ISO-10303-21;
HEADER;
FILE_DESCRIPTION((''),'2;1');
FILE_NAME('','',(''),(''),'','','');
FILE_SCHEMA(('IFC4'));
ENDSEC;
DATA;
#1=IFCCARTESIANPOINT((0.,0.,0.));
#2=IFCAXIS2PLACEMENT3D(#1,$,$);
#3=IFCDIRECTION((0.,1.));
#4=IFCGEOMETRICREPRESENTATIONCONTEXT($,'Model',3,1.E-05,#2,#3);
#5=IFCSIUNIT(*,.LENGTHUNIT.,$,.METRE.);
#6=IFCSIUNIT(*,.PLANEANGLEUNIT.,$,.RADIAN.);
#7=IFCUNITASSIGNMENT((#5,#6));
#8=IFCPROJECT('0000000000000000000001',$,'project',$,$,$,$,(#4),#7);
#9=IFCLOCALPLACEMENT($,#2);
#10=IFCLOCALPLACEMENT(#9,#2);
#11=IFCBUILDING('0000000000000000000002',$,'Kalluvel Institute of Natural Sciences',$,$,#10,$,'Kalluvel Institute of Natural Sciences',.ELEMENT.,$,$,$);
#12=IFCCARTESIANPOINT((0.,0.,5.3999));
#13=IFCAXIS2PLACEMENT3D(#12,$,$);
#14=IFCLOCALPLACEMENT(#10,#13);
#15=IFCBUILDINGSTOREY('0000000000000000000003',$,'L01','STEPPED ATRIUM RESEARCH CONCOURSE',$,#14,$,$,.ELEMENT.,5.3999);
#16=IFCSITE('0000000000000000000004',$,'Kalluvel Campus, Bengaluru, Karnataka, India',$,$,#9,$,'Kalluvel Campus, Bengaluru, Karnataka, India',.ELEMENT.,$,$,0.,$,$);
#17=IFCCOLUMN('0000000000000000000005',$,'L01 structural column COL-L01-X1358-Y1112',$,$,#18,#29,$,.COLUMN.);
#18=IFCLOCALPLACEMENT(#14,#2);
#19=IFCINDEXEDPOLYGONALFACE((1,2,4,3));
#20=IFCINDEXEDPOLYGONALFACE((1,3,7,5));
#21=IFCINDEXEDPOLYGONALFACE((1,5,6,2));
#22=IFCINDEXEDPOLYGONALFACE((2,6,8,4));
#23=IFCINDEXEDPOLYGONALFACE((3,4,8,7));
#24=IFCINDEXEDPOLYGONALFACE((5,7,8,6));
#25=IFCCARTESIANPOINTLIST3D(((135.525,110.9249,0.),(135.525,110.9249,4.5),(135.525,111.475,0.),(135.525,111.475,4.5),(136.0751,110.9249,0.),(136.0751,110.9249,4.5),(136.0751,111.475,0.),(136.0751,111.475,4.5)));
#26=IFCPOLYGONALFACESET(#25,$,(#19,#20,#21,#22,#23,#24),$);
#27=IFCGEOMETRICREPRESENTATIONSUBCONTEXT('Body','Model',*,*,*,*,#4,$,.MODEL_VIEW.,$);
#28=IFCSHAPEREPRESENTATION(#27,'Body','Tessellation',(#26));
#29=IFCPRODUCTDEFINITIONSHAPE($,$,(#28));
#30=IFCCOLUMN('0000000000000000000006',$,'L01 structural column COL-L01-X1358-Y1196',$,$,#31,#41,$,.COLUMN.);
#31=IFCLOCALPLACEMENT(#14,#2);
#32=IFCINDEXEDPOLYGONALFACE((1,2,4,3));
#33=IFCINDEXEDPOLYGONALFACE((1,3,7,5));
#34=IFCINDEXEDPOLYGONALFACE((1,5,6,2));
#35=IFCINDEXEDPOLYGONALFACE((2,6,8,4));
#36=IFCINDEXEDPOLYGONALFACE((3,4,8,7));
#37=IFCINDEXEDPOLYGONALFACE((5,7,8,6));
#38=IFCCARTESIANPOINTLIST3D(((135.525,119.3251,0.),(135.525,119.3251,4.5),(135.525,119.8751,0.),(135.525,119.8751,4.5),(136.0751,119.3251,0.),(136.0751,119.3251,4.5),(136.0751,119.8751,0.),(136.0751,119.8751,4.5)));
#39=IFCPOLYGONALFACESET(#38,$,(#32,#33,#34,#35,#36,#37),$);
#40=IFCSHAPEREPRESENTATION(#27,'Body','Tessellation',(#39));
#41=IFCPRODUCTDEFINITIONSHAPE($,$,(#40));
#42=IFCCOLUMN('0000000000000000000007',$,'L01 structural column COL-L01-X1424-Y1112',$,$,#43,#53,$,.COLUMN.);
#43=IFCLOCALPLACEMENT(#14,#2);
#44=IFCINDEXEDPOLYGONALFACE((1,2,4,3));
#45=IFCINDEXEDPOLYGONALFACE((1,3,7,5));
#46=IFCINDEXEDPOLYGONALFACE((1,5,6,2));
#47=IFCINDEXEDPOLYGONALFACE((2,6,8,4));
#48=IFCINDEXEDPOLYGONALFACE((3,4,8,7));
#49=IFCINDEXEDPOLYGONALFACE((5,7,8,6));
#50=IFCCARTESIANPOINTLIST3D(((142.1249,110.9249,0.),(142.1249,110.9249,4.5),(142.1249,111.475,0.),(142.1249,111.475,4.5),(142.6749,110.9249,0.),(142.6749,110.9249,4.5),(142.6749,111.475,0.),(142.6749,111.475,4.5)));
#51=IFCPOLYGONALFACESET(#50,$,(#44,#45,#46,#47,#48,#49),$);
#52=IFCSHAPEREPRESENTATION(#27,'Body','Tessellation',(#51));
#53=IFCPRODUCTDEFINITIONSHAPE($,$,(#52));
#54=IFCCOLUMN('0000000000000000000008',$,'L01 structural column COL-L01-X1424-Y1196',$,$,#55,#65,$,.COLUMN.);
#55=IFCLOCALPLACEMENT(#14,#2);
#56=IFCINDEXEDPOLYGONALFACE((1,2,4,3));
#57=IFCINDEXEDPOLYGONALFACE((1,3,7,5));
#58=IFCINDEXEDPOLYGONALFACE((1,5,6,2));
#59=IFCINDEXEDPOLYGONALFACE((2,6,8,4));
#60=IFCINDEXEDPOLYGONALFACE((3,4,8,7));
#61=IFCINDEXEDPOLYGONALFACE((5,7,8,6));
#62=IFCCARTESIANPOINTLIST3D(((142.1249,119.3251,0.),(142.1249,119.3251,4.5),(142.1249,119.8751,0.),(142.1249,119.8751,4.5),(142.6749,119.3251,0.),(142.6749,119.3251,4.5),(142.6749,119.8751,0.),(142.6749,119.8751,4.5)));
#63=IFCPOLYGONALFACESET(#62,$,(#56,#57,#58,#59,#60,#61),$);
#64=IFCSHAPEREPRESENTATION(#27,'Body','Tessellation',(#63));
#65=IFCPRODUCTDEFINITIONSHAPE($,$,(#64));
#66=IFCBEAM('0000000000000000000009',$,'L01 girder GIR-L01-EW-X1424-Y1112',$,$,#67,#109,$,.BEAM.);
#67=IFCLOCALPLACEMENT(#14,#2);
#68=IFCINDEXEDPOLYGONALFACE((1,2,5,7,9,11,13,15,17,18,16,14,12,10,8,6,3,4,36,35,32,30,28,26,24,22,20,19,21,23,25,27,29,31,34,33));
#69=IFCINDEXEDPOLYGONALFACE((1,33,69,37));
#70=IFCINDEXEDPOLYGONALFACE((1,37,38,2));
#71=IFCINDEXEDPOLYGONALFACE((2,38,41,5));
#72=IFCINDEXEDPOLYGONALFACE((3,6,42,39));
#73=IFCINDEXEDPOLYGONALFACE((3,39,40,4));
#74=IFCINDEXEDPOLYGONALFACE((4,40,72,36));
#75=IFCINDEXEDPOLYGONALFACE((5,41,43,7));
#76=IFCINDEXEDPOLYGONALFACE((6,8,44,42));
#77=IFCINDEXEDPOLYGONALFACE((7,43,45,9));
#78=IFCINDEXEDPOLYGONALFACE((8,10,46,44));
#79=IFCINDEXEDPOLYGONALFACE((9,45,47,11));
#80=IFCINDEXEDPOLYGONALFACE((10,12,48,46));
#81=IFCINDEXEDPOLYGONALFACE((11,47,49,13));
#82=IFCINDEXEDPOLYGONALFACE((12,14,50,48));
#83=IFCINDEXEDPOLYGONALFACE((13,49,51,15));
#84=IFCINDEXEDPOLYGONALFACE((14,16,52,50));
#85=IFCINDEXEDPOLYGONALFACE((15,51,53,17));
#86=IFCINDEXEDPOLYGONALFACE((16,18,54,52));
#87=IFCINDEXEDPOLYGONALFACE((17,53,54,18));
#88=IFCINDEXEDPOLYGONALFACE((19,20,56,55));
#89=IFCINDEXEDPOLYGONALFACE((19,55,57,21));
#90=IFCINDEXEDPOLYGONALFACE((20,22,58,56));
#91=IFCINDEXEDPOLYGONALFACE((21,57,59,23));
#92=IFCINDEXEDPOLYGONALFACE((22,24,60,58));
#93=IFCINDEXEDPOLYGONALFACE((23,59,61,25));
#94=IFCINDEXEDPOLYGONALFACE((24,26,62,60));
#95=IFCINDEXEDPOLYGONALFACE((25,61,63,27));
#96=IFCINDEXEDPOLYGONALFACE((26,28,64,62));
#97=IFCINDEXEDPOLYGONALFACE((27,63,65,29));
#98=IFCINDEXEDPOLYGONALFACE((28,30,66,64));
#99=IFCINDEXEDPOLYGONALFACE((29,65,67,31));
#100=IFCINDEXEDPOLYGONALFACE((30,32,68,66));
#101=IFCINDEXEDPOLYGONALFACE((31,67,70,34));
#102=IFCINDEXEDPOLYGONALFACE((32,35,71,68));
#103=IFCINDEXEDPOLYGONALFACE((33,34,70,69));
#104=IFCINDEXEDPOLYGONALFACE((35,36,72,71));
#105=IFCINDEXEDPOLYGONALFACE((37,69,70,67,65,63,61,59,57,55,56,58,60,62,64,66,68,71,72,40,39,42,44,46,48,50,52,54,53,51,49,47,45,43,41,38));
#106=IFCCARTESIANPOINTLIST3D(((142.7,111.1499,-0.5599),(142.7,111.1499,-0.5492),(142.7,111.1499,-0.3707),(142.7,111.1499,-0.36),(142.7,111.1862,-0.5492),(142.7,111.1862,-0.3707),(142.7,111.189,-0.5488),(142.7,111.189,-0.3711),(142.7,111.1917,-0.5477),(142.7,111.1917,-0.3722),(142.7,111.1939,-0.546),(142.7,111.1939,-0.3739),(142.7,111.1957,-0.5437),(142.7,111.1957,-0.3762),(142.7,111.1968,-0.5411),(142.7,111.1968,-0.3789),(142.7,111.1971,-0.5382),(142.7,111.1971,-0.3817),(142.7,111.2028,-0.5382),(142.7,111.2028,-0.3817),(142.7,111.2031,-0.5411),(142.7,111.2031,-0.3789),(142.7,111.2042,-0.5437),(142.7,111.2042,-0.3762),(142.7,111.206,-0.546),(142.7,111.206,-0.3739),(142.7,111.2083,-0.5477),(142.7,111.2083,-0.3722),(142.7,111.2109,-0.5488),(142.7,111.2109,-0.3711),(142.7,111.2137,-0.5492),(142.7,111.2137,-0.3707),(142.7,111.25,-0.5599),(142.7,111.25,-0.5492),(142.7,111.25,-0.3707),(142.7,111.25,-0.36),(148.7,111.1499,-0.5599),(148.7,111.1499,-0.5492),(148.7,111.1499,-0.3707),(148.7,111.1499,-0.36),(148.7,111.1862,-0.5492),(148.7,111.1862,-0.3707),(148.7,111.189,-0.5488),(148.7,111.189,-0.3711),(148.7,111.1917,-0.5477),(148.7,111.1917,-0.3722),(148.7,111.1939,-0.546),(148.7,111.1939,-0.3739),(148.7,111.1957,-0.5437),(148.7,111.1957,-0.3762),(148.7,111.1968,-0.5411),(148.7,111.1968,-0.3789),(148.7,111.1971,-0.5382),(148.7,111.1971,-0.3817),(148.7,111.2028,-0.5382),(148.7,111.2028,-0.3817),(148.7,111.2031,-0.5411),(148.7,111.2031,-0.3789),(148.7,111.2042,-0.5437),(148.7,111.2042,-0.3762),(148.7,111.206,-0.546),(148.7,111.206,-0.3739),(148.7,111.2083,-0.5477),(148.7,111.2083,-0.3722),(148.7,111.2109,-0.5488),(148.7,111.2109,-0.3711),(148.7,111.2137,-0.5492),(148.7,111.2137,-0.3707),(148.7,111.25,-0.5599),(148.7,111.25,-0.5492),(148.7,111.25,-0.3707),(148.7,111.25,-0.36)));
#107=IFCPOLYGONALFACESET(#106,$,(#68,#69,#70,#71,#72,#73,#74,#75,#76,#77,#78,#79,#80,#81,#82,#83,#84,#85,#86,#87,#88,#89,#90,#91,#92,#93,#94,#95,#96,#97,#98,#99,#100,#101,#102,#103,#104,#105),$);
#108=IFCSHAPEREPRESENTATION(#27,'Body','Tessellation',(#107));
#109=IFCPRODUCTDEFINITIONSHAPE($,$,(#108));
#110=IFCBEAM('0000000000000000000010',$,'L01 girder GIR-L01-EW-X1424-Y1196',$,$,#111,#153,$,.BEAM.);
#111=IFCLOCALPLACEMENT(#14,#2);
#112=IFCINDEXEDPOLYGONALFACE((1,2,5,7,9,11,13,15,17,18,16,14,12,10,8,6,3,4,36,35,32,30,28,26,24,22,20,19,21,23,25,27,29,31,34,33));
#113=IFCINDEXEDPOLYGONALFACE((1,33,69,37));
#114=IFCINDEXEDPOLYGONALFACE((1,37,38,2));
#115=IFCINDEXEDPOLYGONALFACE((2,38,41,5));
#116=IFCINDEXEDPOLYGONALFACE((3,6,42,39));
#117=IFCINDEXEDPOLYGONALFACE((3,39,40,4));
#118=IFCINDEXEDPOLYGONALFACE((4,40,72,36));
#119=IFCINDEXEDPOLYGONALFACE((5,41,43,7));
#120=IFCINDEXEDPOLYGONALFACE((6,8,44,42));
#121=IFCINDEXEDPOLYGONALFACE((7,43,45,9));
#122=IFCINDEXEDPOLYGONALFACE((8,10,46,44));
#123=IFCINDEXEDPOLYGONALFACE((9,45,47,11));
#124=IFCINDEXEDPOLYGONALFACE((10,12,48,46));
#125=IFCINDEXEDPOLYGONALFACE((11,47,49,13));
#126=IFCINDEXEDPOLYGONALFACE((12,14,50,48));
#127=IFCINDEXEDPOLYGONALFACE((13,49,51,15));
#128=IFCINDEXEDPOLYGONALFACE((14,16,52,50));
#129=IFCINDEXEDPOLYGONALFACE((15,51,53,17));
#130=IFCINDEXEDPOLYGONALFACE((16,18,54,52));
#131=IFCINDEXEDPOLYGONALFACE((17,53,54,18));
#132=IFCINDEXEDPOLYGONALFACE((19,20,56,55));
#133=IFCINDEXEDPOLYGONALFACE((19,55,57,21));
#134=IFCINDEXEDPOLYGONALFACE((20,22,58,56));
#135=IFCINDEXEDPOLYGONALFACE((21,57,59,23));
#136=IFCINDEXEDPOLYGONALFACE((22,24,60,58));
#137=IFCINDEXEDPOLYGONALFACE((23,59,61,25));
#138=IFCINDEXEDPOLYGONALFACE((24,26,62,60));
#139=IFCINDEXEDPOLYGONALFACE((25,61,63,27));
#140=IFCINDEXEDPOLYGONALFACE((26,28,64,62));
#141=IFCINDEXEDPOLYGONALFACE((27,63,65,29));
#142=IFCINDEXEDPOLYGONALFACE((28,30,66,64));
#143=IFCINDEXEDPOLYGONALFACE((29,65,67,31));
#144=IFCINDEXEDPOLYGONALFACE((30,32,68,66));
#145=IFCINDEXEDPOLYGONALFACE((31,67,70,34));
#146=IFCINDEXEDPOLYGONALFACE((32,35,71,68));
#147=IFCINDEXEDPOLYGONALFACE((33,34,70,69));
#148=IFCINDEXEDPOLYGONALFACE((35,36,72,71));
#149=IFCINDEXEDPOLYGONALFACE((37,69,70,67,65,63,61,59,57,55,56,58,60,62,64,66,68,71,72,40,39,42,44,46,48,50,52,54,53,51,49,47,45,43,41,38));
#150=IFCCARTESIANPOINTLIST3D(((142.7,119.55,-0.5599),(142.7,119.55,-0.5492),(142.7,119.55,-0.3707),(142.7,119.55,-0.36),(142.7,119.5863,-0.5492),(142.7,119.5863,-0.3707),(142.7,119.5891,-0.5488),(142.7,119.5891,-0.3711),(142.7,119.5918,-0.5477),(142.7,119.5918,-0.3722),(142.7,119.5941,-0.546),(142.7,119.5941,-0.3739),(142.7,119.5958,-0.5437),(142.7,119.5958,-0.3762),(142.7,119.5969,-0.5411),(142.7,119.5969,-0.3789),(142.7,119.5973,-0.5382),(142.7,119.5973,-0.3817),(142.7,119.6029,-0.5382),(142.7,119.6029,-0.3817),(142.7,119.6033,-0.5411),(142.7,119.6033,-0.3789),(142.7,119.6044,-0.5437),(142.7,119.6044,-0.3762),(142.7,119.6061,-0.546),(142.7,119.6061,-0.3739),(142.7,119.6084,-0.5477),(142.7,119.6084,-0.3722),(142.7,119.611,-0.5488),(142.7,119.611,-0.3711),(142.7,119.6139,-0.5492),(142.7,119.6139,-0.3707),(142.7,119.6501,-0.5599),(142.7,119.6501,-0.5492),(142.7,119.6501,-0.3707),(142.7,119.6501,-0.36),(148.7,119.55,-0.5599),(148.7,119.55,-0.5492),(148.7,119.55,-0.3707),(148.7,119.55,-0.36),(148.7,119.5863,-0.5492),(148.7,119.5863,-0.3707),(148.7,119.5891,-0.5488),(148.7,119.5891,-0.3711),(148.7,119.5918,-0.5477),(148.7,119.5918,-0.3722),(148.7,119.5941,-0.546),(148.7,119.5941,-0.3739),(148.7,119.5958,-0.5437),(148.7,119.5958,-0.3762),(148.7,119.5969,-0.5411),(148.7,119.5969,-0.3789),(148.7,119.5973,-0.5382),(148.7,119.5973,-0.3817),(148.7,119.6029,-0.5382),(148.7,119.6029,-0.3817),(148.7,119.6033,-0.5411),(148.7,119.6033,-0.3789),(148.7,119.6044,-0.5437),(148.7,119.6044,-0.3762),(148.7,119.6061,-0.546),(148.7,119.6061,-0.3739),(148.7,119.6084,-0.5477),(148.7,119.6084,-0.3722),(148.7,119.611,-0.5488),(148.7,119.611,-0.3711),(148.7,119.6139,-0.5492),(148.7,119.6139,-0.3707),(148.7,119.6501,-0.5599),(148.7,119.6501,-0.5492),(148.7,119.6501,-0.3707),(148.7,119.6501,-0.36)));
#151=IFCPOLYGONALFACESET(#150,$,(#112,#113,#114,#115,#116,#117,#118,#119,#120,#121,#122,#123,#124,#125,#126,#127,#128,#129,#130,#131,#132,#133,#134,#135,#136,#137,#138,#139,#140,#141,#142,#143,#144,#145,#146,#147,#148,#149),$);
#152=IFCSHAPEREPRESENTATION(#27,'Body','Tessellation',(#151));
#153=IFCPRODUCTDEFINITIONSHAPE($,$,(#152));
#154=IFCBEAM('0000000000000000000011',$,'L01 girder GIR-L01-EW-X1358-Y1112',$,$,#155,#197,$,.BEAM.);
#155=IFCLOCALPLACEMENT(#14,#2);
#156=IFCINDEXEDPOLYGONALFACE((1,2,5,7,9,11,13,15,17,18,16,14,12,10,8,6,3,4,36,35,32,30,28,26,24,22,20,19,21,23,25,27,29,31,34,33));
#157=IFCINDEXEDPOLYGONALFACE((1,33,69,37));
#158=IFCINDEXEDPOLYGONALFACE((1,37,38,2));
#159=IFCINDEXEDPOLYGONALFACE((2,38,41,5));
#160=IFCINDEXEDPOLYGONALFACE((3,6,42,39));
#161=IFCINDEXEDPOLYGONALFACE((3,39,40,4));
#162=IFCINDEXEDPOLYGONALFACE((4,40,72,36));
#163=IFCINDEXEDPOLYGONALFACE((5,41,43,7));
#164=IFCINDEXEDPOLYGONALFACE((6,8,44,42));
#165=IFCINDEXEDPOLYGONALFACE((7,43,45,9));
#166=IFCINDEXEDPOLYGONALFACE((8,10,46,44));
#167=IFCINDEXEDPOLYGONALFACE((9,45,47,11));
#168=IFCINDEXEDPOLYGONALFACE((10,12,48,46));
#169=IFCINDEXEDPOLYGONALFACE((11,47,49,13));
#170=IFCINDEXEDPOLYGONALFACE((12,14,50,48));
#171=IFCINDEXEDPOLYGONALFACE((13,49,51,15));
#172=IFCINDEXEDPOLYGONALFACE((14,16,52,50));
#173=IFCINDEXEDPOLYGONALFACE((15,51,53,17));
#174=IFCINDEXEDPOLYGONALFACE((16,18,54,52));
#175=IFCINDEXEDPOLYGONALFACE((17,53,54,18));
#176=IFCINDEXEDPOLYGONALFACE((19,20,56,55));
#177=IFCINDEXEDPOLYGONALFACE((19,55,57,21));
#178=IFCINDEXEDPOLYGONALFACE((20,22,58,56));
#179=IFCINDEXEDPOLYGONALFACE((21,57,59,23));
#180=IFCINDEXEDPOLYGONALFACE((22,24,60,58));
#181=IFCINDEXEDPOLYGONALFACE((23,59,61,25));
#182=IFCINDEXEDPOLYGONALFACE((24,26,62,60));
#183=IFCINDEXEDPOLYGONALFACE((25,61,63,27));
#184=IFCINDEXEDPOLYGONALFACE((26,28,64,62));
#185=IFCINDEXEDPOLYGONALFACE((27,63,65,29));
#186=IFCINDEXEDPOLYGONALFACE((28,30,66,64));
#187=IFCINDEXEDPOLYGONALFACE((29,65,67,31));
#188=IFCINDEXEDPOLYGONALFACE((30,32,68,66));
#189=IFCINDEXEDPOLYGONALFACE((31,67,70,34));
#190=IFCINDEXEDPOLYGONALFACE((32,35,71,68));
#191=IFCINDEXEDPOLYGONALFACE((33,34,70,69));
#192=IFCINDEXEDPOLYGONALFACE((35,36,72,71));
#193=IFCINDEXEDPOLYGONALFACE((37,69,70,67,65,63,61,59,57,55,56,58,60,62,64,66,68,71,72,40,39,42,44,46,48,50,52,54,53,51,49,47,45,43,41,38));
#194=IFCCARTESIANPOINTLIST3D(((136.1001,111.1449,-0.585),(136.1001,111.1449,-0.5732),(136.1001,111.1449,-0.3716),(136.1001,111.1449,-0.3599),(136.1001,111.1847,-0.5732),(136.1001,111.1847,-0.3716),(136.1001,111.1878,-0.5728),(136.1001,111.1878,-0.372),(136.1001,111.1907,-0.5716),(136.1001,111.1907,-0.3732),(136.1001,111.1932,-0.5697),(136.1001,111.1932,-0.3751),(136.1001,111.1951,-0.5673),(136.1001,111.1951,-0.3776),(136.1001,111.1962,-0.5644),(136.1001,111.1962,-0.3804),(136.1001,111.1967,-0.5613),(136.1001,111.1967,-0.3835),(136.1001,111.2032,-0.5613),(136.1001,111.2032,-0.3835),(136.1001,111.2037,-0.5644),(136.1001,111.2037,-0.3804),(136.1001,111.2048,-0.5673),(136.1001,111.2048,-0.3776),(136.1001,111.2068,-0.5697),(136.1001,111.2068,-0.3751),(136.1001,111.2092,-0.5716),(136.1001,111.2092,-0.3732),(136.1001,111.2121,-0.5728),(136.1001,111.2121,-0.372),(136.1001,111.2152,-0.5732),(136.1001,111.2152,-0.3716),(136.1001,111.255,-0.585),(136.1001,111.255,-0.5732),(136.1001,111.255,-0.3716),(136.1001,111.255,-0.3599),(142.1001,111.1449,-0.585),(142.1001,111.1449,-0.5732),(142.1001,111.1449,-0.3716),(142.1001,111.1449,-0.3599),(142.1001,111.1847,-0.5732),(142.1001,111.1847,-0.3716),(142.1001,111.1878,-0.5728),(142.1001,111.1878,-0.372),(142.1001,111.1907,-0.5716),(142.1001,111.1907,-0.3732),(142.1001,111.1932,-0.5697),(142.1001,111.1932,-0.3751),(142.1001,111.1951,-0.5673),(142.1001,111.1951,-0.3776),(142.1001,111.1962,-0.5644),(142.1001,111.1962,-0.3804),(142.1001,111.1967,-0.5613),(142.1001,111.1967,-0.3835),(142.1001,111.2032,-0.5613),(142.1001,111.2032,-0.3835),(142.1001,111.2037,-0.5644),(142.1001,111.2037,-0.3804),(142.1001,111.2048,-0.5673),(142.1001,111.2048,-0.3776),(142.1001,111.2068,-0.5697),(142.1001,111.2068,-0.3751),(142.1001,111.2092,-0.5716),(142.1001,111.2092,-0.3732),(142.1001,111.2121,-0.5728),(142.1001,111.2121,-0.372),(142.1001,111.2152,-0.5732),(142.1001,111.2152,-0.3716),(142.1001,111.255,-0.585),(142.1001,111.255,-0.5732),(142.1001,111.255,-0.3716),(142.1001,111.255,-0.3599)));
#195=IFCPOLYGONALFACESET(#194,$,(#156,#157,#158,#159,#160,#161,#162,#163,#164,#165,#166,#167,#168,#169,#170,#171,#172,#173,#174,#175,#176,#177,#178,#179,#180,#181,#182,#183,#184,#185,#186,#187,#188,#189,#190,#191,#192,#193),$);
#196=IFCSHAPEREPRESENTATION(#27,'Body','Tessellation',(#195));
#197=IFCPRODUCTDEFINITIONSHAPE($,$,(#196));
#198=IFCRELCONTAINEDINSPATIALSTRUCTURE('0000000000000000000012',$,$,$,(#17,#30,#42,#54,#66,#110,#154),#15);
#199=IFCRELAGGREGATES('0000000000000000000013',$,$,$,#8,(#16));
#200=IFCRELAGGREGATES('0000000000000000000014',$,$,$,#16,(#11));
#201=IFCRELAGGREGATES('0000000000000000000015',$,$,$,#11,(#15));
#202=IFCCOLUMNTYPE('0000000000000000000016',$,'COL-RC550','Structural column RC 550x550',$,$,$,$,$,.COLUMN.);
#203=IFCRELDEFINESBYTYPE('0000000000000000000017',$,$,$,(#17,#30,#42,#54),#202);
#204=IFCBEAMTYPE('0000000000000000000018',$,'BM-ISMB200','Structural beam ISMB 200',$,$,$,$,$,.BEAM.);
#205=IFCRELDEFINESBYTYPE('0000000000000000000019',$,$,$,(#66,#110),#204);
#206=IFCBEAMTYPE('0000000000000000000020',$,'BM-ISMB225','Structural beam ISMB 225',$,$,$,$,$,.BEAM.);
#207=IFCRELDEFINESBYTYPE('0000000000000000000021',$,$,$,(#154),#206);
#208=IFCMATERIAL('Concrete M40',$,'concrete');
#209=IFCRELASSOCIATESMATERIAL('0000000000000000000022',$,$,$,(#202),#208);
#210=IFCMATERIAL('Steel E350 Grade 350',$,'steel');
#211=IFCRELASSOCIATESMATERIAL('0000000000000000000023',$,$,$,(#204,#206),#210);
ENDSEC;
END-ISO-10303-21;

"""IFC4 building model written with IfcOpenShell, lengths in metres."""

from ifc_helpers import new_model, si_unit, direction, frame, origin, origin_2d, place, context, subcontext, project, spatial, rectangle, i_section, extrude, material, material_profile, profile_set, type_object, element, save


model = new_model("IFC4")

# Units and contexts
model_context = context("Model", 3, precision=1e-05, world=origin(), true_north=direction((0.0, 1.0)))
body_context = subcontext(model_context, "Body", "Model", "MODEL_VIEW")
ifc_project = project(units=[si_unit("LENGTHUNIT", "METRE"), si_unit("PLANEANGLEUNIT", "RADIAN")], contexts=[model_context])

# Site, building, storey
site_placement = place(None, origin())
site = spatial("IfcSite", under=ifc_project, at=site_placement, Name="Kalluvel Campus, Bengaluru, Karnataka, India", LongName="Kalluvel Campus, Bengaluru, Karnataka, India", CompositionType="ELEMENT", RefElevation=0.0)
building_placement = place(site_placement, origin())
building = spatial("IfcBuilding", under=site, at=building_placement, Name="Kalluvel Institute of Natural Sciences", LongName="Kalluvel Institute of Natural Sciences", CompositionType="ELEMENT")
storey_placement = place(building_placement, frame((0.0, 0.0, 5.3999)))
storey = spatial("IfcBuildingStorey", under=building, at=storey_placement, Name="L01", Description="STEPPED ATRIUM RESEARCH CONCOURSE", CompositionType="ELEMENT", Elevation=5.3999)

# Columns
ifc_material_1 = material(Name="Concrete M40", Category="concrete")
ifc_material_profile_1 = material_profile(ifc_material_1, rectangle(XDim=0.55, YDim=0.55, at=origin_2d()), Name="RC 550x550")
ifc_profile_set_1 = profile_set([ifc_material_profile_1], Name="Concrete M40")
column_type = type_object("IfcColumnType", Name="COL-RC550", Description="Structural column RC 550x550", PredefinedType="COLUMN", material=ifc_profile_set_1)
for number, where, z_axis, x_axis, name in (
    (1, (135.8, 111.2, 0.0), (0.0, 0.0, 1.0), (1.0, 0.0, 0.0), "L01 structural column COL-L01-X1358-Y1112"),
    (2, (135.8, 119.6001, 0.0), (0.0, 0.0, 1.0), (1.0, 0.0, 0.0), "L01 structural column COL-L01-X1358-Y1196"),
    (3, (142.3999, 111.2, 0.0), (0.0, 0.0, 1.0), (1.0, 0.0, 0.0), "L01 structural column COL-L01-X1424-Y1112"),
    (4, (142.3999, 119.6001, 0.0), (0.0, 0.0, 1.0), (1.0, 0.0, 0.0), "L01 structural column COL-L01-X1424-Y1196"),
):
    element("IfcColumn", number, at=place(storey_placement, frame(where, z_axis=z_axis, x_axis=x_axis)), inside=storey, type_object=column_type, Name=name, PredefinedType="COLUMN", context=body_context, shape_type="SweptSolid", body=[
        extrude(rectangle(XDim=0.55, YDim=0.55, at=origin_2d()), origin(), (0.0, 0.0, 1.0), 4.5),
    ])

# Beams
ifc_material_2 = material(Name="Steel E350 Grade 350", Category="steel")
ifc_material_profile_2 = material_profile(ifc_material_2, i_section(OverallWidth=0.1001, OverallDepth=0.2, WebThickness=0.0056, FlangeThickness=0.0107, FilletRadius=0.011, at=origin_2d()), Name="ISMB 200")
ifc_profile_set_2 = profile_set([ifc_material_profile_2], Name="Steel E350 Grade 350")
beam_type_1 = type_object("IfcBeamType", Name="BM-ISMB200", Description="Structural beam ISMB 200", PredefinedType="BEAM", material=ifc_profile_set_2)
for number, where, z_axis, x_axis, name in (
    (5, (142.7, 111.2, -0.46), (1.0, 0.0, 0.0), (0.0, 1.0, 0.0), "L01 girder GIR-L01-EW-X1424-Y1112"),
    (6, (142.7, 119.6001, -0.46), (1.0, 0.0, 0.0), (0.0, 1.0, 0.0), "L01 girder GIR-L01-EW-X1424-Y1196"),
):
    element("IfcBeam", number, at=place(storey_placement, frame(where, z_axis=z_axis, x_axis=x_axis)), inside=storey, type_object=beam_type_1, Name=name, PredefinedType="BEAM", context=body_context, shape_type="SweptSolid", body=[
        extrude(i_section(OverallWidth=0.1001, OverallDepth=0.2, WebThickness=0.0056, FlangeThickness=0.0107, FilletRadius=0.011, at=origin_2d()), origin(), (0.0, 0.0, 1.0), 6.0),
    ])
ifc_material_profile_3 = material_profile(ifc_material_2, i_section(OverallWidth=0.1101, OverallDepth=0.2251, WebThickness=0.0066, FlangeThickness=0.0117, FilletRadius=0.012, at=origin_2d()), Name="ISMB 225")
ifc_profile_set_3 = profile_set([ifc_material_profile_3], Name="Steel E350 Grade 350")
beam_type_2 = type_object("IfcBeamType", Name="BM-ISMB225", Description="Structural beam ISMB 225", PredefinedType="BEAM", material=ifc_profile_set_3)
for number, where, z_axis, x_axis, name in (
    (7, (136.1001, 111.2, -0.4724), (1.0, 0.0, 0.0), (0.0, 1.0, 0.0), "L01 girder GIR-L01-EW-X1358-Y1112"),
):
    element("IfcBeam", number, at=place(storey_placement, frame(where, z_axis=z_axis, x_axis=x_axis)), inside=storey, type_object=beam_type_2, Name=name, PredefinedType="BEAM", context=body_context, shape_type="SweptSolid", body=[
        extrude(i_section(OverallWidth=0.1101, OverallDepth=0.2251, WebThickness=0.0066, FlangeThickness=0.0117, FilletRadius=0.012, at=origin_2d()), origin(), (0.0, 0.0, 1.0), 6.0),
    ])

save(model, "model.ifc")
